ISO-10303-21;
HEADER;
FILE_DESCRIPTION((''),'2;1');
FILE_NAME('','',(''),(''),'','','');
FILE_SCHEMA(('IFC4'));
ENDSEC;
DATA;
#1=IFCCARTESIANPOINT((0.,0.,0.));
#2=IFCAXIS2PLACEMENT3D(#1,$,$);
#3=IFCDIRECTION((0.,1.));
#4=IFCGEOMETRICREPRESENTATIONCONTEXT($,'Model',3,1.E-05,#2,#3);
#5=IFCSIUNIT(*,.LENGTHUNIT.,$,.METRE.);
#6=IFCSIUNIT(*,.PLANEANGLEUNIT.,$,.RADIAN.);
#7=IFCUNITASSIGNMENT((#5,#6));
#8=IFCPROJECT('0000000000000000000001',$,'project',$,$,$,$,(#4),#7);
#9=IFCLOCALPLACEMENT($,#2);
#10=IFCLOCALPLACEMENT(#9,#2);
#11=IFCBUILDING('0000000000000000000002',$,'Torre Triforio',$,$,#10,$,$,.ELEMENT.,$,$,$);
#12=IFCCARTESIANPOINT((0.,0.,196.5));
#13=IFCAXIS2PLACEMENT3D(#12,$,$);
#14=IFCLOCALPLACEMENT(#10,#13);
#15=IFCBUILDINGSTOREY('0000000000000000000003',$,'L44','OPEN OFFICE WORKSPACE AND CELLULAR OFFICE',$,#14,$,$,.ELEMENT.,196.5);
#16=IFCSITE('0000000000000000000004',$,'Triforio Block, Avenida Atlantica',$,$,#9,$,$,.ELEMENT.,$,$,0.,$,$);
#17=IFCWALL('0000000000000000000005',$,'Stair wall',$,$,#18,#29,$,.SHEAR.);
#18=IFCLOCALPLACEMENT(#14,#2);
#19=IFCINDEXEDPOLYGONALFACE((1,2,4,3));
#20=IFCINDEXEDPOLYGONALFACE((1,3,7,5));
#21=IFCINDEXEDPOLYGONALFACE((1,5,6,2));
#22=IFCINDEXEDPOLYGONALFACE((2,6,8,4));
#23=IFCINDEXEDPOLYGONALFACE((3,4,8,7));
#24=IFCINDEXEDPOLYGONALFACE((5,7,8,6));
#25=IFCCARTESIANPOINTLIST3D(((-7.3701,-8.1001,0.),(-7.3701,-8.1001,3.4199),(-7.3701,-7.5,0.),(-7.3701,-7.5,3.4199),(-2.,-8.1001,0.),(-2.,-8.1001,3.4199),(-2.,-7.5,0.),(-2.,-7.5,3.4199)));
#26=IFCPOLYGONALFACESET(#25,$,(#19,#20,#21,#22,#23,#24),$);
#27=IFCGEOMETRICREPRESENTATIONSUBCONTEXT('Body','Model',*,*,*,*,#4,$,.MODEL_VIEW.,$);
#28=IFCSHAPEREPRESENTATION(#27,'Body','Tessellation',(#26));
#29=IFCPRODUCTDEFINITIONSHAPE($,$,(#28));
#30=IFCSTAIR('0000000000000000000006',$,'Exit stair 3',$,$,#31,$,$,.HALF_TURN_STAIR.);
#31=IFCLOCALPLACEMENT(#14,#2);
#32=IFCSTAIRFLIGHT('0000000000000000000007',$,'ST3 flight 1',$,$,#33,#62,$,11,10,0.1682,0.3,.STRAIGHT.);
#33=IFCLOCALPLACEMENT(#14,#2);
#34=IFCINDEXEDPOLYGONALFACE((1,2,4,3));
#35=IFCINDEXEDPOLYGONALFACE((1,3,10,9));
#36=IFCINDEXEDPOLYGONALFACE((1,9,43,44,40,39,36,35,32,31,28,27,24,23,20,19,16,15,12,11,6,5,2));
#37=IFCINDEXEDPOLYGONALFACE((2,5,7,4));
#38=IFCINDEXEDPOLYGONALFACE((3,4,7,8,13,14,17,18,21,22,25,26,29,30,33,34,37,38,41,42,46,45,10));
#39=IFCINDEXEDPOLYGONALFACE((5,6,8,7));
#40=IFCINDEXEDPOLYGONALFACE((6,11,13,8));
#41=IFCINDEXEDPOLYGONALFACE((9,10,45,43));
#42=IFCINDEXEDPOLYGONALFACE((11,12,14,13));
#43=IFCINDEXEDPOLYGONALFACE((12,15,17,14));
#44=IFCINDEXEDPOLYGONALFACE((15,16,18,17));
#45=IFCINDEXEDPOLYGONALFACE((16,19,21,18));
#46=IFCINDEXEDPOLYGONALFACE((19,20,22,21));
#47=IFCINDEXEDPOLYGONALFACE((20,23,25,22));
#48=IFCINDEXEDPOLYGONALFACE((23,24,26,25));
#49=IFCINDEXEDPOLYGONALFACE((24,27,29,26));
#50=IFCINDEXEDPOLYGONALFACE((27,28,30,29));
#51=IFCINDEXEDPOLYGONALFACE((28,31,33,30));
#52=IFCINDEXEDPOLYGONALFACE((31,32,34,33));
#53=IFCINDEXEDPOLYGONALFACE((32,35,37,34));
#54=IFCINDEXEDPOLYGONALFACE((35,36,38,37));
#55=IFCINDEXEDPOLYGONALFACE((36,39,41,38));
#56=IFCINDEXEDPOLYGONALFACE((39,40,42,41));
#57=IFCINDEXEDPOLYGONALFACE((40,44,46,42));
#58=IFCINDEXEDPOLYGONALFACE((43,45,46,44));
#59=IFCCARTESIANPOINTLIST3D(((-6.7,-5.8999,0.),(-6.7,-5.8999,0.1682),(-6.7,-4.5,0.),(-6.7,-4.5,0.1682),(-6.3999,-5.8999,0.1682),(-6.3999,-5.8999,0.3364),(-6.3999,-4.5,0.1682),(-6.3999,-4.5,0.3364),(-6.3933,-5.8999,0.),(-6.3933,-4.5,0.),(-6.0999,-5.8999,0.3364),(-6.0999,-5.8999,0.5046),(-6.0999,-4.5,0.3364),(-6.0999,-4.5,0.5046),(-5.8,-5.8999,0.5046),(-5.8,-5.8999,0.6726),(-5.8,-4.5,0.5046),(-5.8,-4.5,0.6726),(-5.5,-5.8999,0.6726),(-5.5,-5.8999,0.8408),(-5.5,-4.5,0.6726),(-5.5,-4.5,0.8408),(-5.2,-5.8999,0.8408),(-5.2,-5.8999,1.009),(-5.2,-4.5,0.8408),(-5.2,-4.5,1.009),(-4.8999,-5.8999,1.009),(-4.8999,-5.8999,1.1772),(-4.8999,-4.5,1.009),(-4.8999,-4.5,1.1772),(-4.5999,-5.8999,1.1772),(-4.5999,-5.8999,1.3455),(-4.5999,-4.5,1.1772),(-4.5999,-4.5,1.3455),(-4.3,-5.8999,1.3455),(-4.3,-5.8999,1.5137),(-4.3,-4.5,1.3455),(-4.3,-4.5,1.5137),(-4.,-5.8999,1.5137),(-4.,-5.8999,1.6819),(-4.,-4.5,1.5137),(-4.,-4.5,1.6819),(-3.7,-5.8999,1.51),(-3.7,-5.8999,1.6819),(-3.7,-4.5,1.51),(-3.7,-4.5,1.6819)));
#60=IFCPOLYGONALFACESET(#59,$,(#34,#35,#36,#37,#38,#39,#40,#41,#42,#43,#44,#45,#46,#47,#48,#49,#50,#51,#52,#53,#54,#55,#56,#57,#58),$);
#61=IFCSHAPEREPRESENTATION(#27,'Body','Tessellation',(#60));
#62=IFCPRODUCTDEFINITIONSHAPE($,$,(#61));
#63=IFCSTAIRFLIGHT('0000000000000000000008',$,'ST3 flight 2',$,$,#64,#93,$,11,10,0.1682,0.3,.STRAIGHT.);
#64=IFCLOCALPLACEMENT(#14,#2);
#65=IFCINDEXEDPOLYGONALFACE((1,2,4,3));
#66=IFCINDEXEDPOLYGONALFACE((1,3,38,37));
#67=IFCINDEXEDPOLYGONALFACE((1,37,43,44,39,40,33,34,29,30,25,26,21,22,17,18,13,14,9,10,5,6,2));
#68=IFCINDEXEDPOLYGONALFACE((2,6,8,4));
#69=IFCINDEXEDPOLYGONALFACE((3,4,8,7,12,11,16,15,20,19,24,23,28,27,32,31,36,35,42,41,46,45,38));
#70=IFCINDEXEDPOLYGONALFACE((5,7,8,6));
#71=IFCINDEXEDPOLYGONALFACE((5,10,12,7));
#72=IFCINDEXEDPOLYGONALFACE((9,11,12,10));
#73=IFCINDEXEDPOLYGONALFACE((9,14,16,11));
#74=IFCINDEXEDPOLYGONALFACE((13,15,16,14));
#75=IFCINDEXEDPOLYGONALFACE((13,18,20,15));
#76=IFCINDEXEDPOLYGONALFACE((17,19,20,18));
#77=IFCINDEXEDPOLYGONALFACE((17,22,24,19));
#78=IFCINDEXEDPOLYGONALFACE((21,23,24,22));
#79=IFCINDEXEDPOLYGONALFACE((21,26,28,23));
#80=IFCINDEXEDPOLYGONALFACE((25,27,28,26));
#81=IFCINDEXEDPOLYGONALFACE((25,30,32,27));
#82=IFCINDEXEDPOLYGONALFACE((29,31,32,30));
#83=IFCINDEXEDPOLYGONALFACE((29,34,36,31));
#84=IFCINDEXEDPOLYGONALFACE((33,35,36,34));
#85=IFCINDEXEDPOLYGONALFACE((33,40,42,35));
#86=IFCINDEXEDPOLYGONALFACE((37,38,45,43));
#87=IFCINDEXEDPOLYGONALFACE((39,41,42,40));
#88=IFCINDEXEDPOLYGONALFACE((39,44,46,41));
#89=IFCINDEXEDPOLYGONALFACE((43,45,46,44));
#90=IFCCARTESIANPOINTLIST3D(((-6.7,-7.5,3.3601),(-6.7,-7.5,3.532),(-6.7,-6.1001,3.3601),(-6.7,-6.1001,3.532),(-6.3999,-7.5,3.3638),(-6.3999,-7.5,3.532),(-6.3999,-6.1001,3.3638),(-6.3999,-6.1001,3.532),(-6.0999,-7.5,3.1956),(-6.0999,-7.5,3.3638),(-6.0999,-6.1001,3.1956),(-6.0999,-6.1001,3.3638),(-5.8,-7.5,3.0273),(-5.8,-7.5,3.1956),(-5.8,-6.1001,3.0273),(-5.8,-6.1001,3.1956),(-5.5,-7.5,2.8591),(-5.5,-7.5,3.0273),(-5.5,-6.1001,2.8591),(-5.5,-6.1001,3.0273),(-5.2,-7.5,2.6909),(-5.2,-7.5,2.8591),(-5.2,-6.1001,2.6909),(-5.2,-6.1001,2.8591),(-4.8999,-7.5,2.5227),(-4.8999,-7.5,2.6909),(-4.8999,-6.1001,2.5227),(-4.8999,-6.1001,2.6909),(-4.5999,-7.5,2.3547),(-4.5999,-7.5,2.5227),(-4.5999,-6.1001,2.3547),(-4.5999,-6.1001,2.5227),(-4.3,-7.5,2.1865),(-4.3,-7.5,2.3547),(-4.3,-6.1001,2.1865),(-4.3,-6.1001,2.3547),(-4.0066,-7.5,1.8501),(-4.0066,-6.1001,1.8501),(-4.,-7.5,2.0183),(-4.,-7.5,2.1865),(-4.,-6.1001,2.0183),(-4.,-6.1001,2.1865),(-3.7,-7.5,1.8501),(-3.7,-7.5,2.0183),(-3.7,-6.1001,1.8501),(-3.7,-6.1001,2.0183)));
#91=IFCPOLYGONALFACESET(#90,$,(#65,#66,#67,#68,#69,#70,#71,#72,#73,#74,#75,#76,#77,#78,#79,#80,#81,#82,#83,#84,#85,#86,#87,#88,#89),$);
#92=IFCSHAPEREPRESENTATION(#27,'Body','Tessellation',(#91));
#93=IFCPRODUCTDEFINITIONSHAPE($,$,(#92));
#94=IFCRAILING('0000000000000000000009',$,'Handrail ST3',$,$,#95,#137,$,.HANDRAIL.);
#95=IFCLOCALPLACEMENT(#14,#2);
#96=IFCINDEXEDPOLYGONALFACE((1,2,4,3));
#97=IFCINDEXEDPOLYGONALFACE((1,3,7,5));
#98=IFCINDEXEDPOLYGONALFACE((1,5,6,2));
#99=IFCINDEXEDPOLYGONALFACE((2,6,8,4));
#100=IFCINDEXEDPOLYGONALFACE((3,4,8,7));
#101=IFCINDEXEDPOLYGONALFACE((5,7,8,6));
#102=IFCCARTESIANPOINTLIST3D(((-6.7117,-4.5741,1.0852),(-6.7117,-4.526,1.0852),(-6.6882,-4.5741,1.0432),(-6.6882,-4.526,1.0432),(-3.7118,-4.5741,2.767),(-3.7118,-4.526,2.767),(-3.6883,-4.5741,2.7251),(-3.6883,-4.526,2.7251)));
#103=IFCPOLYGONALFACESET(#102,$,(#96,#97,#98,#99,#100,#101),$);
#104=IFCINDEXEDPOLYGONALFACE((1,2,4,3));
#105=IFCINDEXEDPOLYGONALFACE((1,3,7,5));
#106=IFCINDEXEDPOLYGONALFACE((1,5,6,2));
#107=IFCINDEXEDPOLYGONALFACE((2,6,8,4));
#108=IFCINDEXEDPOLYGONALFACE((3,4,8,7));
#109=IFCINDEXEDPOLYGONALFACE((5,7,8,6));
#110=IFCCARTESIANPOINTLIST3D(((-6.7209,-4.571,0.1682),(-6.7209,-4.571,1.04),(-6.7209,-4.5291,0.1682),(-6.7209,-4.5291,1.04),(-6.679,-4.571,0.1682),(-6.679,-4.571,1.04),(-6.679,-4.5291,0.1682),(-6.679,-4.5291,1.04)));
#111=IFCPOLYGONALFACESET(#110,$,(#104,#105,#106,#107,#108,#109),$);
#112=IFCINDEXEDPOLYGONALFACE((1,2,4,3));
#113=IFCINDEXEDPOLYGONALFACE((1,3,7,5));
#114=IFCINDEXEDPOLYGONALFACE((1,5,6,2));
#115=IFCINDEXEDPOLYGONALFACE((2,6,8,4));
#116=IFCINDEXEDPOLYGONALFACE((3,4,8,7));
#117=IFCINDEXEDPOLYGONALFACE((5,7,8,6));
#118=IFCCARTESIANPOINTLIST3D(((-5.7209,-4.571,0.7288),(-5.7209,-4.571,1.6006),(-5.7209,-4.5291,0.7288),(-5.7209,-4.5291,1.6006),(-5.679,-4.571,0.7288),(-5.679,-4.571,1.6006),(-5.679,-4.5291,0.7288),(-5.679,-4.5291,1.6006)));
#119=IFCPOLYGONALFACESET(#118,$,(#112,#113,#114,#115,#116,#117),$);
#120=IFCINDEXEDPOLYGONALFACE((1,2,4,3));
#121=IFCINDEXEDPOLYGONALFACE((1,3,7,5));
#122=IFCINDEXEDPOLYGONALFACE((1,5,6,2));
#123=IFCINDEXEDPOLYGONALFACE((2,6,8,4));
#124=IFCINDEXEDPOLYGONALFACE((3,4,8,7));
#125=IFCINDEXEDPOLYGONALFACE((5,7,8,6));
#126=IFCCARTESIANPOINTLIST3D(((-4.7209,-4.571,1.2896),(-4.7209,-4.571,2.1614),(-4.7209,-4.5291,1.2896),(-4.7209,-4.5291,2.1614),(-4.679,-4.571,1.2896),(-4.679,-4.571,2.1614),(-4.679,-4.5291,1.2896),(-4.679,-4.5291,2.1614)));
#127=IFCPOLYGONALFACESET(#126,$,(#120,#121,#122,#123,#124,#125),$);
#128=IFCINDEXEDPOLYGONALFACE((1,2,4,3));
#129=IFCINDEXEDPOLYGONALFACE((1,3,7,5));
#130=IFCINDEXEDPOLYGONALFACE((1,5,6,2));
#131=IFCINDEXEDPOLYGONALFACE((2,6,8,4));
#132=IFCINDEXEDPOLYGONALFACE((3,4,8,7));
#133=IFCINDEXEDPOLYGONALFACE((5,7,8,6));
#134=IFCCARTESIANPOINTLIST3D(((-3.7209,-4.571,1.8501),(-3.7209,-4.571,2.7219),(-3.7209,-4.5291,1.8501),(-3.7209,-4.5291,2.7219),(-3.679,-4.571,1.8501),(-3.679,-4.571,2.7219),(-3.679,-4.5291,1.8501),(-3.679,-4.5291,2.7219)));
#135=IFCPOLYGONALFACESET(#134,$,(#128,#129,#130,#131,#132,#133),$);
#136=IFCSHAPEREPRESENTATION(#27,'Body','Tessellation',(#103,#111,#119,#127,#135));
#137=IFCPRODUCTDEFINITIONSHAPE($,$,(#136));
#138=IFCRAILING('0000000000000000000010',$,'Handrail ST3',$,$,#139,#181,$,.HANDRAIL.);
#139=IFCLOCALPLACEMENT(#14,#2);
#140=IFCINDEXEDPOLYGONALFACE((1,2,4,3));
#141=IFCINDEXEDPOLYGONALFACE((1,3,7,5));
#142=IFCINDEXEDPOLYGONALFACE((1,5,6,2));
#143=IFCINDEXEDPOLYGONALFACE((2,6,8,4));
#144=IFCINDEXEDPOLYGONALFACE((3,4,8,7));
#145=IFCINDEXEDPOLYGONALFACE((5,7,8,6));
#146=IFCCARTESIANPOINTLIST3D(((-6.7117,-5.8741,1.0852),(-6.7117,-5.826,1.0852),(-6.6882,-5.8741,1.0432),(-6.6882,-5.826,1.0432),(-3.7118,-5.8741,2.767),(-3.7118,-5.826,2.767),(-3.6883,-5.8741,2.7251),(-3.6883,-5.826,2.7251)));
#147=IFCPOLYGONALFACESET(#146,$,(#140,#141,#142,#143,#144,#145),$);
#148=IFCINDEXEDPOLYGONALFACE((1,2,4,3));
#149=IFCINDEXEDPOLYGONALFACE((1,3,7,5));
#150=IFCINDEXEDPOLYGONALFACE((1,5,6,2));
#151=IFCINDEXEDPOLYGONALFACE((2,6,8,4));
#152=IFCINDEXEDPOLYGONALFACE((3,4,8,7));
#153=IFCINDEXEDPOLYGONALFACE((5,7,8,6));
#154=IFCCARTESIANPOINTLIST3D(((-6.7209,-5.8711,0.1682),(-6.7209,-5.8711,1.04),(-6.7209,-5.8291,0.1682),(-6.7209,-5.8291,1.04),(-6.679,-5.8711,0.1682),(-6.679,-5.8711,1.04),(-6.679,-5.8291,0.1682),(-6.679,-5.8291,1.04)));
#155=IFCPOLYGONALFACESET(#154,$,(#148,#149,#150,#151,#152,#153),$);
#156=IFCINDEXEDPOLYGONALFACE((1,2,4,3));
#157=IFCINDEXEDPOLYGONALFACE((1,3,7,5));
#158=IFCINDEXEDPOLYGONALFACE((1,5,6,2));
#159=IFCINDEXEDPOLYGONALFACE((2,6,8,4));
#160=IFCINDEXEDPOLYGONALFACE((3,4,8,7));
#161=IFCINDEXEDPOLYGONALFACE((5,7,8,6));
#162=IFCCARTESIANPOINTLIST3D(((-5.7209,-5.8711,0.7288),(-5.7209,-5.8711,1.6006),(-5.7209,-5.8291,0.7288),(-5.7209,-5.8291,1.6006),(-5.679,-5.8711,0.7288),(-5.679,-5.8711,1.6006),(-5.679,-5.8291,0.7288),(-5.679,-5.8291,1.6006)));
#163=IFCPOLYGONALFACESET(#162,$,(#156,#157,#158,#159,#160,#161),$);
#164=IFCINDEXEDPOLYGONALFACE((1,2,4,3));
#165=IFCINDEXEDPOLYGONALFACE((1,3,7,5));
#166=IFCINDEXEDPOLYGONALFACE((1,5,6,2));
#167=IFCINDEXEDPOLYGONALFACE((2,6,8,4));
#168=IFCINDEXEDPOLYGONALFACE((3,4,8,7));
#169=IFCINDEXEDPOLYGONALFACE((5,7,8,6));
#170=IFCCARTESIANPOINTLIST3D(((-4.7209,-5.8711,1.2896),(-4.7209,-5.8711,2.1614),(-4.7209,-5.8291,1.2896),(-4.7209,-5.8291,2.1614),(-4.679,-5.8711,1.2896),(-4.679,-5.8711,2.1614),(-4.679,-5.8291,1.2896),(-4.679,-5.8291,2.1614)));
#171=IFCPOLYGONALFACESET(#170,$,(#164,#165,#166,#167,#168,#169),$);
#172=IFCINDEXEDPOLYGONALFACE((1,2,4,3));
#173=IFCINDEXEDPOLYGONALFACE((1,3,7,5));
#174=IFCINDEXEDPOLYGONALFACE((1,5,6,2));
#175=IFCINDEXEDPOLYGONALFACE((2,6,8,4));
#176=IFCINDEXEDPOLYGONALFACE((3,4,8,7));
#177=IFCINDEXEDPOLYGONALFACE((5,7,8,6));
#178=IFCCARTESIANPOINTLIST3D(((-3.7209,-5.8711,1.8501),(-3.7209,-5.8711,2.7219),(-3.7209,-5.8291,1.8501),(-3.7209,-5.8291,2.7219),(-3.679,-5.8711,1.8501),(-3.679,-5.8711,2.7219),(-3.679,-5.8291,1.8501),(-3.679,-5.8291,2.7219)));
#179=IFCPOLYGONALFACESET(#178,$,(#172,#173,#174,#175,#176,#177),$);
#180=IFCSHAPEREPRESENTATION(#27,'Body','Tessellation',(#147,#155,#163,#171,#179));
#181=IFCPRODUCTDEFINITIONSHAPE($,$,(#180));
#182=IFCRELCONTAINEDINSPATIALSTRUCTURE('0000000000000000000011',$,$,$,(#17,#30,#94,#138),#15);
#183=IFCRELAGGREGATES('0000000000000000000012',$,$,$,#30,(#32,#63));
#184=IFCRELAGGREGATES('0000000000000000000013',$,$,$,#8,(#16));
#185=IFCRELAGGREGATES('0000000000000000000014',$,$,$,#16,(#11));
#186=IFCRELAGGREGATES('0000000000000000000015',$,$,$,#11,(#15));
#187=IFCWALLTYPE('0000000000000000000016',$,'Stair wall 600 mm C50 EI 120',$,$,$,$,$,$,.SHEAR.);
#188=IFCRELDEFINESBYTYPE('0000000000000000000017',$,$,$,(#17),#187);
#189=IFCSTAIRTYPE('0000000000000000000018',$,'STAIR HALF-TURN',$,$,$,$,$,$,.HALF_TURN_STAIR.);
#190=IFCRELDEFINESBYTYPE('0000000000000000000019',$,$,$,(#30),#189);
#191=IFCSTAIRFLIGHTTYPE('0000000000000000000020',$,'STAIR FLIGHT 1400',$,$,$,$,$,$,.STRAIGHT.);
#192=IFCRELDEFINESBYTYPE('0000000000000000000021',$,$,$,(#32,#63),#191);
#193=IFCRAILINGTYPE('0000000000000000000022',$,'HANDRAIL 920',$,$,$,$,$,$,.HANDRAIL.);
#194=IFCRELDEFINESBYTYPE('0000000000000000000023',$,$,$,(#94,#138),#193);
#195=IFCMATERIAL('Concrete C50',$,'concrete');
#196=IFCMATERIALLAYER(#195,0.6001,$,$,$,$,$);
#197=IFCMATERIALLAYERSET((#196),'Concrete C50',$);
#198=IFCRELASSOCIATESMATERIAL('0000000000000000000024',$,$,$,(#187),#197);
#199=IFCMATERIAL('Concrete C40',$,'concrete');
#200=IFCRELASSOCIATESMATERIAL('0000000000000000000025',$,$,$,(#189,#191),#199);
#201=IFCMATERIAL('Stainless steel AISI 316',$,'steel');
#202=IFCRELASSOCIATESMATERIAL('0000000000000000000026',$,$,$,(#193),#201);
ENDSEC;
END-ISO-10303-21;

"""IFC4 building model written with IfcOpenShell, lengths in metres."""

from ifc_helpers import new_model, si_unit, direction, frame, frame_2d, origin, origin_2d, place, context, subcontext, project, spatial, polyline, rectangle, outline, extrude, material, layer, layer_set, type_object, element, aggregate, save


model = new_model("IFC4")

# Units and contexts
model_context = context("Model", 3, precision=1e-05, world=origin(), true_north=direction((0.0, 1.0)))
body_context = subcontext(model_context, "Body", "Model", "MODEL_VIEW")
ifc_project = project(units=[si_unit("LENGTHUNIT", "METRE"), si_unit("PLANEANGLEUNIT", "RADIAN")], contexts=[model_context])

# Site, building, storey
site_placement = place(None, origin())
site = spatial("IfcSite", under=ifc_project, at=site_placement, Name="Triforio Block, Avenida Atlantica", CompositionType="ELEMENT", RefElevation=0.0)
building_placement = place(site_placement, origin())
building = spatial("IfcBuilding", under=site, at=building_placement, Name="Torre Triforio", CompositionType="ELEMENT")
storey_placement = place(building_placement, frame((0.0, 0.0, 196.5)))
storey = spatial("IfcBuildingStorey", under=building, at=storey_placement, Name="L44", Description="OPEN OFFICE WORKSPACE AND CELLULAR OFFICE", CompositionType="ELEMENT", Elevation=196.5)

# Shared definitions
ifc_material_1 = material(Name="Concrete C40", Category="concrete")

# Shared definitions
ifc_material_2 = material(Name="Concrete C50", Category="concrete")

# Wall
ifc_layer_1 = layer(ifc_material_2, 0.6001)
ifc_layer_set_1 = layer_set([ifc_layer_1], Name="Concrete C50")
wall_type_1 = type_object("IfcWallType", Name="Stair wall 600 mm C50 EI 120", PredefinedType="SHEAR", material=ifc_layer_set_1)
wall_1_placement = place(storey_placement, frame((-7.3701, -7.8, 0.0), z_axis=(0.0, 0.0, 1.0), x_axis=(1.0, 0.0, 0.0)))
element("IfcWall", 1, at=wall_1_placement, inside=storey, type_object=wall_type_1, Name="Stair wall", PredefinedType="SHEAR", context=body_context, shape_type="SweptSolid", body=[
    extrude(rectangle(XDim=5.3701, YDim=0.6001, at=frame_2d((2.6851, 0.0))), origin(), (0.0, 0.0, 1.0), 3.4199),
])

# Stair, stair flights
stair_type = type_object("IfcStairType", Name="STAIR HALF-TURN", PredefinedType="HALF_TURN_STAIR", material=ifc_material_1)
stair_placement = place(storey_placement, origin())
stair = element("IfcStair", 2, at=stair_placement, inside=storey, type_object=stair_type, Name="Exit stair 3", PredefinedType="HALF_TURN_STAIR")
stair_flight_type = type_object("IfcStairFlightType", Name="STAIR FLIGHT 1400", PredefinedType="STRAIGHT", material=ifc_material_1)
stair_flight_1_placement = place(storey_placement, frame((-6.7, -5.2, 0.0), z_axis=(0.0, 0.0, 1.0), x_axis=(1.0, 0.0, 0.0)))
stair_flight_1 = element("IfcStairFlight", 3, at=stair_flight_1_placement, type_object=stair_flight_type, Name="ST3 flight 1", NumberOfRisers=11, NumberOfTreads=10, PredefinedType="STRAIGHT", RiserHeight=0.1682, TreadLength=0.3, context=body_context, shape_type="SweptSolid", body=[
    extrude(outline(polyline([(0.0, 0.0), (0.0, 0.1682), (0.3, 0.1682), (0.3, 0.3364), (0.6001, 0.3364), (0.6001, 0.5046), (0.8999, 0.5046), (0.8999, 0.6726), (1.2, 0.6726), (1.2, 0.8408), (1.5, 0.8408), (1.5, 1.009), (1.8, 1.009), (1.8, 1.1772), (2.1001, 1.1772), (2.1001, 1.3455), (2.3999, 1.3455), (2.3999, 1.5137), (2.7, 1.5137), (2.7, 1.6819), (3.0, 1.6819), (3.0, 1.8501), (3.0, 1.51), (0.3066, 0.0), (0.0, 0.0)])), frame((0.0, 0.7, 0.0), z_axis=(0.0, -1.0, 0.0), x_axis=(1.0, 0.0, 0.0)), (0.0, 0.0, 1.0), 1.3999),
])
stair_flight_2_placement = place(storey_placement, frame((-3.7, -6.8, 1.8501), z_axis=(0.0, 0.0, 1.0), x_axis=(-1.0, 0.0, 0.0)))
stair_flight_2 = element("IfcStairFlight", 4, at=stair_flight_2_placement, type_object=stair_flight_type, Name="ST3 flight 2", NumberOfRisers=11, NumberOfTreads=10, PredefinedType="STRAIGHT", RiserHeight=0.1682, TreadLength=0.3, context=body_context, shape_type="SweptSolid", body=[
    extrude(outline(polyline([(0.0, 0.0), (0.0, 0.1682), (0.3, 0.1682), (0.3, 0.3364), (0.6001, 0.3364), (0.6001, 0.5046), (0.8999, 0.5046), (0.8999, 0.6726), (1.2, 0.6726), (1.2, 0.8408), (1.5, 0.8408), (1.5, 1.009), (1.8, 1.009), (1.8, 1.1772), (2.1001, 1.1772), (2.1001, 1.3455), (2.3999, 1.3455), (2.3999, 1.5137), (2.7, 1.5137), (2.7, 1.6819), (3.0, 1.6819), (3.0, 1.8501), (3.0, 1.51), (0.3066, 0.0), (0.0, 0.0)])), frame((0.0, 0.7, 0.0), z_axis=(0.0, -1.0, 0.0), x_axis=(1.0, 0.0, 0.0)), (0.0, 0.0, 1.0), 1.3999),
])
aggregate(stair, [stair_flight_1, stair_flight_2])

# Railings
ifc_material_3 = material(Name="Stainless steel AISI 316", Category="steel")
railing_type = type_object("IfcRailingType", Name="HANDRAIL 920", PredefinedType="HANDRAIL", material=ifc_material_3)
for number, where, name in (
    (5, (-6.7, -4.55, 0.1682), "Handrail ST3"),
    (6, (-6.7, -5.8501, 0.1682), "Handrail ST3"),
):
    element("IfcRailing", number, at=place(storey_placement, frame(where)), inside=storey, type_object=railing_type, Name=name, PredefinedType="HANDRAIL", context=body_context, shape_type="SweptSolid", body=[
        extrude(rectangle(XDim=0.0481, YDim=0.0481, at=origin_2d()), frame((0.0, 0.0, 0.896), z_axis=(0.872272, 0.0, 0.48902), x_axis=(0.0, 1.0, 0.0)), (0.0, 0.0, 1.0), 3.4392),
        extrude(rectangle(XDim=0.042, YDim=0.042, at=origin_2d()), origin(), (0.0, 0.0, 1.0), 0.8718),
        extrude(rectangle(XDim=0.042, YDim=0.042, at=origin_2d()), frame((1.0, 0.0, 0.5605)), (0.0, 0.0, 1.0), 0.8718),
        extrude(rectangle(XDim=0.042, YDim=0.042, at=origin_2d()), frame((2.0, 0.0, 1.1213)), (0.0, 0.0, 1.0), 0.8718),
        extrude(rectangle(XDim=0.042, YDim=0.042, at=origin_2d()), frame((3.0, 0.0, 1.6819)), (0.0, 0.0, 1.0), 0.8718),
    ])

save(model, "model.ifc")
